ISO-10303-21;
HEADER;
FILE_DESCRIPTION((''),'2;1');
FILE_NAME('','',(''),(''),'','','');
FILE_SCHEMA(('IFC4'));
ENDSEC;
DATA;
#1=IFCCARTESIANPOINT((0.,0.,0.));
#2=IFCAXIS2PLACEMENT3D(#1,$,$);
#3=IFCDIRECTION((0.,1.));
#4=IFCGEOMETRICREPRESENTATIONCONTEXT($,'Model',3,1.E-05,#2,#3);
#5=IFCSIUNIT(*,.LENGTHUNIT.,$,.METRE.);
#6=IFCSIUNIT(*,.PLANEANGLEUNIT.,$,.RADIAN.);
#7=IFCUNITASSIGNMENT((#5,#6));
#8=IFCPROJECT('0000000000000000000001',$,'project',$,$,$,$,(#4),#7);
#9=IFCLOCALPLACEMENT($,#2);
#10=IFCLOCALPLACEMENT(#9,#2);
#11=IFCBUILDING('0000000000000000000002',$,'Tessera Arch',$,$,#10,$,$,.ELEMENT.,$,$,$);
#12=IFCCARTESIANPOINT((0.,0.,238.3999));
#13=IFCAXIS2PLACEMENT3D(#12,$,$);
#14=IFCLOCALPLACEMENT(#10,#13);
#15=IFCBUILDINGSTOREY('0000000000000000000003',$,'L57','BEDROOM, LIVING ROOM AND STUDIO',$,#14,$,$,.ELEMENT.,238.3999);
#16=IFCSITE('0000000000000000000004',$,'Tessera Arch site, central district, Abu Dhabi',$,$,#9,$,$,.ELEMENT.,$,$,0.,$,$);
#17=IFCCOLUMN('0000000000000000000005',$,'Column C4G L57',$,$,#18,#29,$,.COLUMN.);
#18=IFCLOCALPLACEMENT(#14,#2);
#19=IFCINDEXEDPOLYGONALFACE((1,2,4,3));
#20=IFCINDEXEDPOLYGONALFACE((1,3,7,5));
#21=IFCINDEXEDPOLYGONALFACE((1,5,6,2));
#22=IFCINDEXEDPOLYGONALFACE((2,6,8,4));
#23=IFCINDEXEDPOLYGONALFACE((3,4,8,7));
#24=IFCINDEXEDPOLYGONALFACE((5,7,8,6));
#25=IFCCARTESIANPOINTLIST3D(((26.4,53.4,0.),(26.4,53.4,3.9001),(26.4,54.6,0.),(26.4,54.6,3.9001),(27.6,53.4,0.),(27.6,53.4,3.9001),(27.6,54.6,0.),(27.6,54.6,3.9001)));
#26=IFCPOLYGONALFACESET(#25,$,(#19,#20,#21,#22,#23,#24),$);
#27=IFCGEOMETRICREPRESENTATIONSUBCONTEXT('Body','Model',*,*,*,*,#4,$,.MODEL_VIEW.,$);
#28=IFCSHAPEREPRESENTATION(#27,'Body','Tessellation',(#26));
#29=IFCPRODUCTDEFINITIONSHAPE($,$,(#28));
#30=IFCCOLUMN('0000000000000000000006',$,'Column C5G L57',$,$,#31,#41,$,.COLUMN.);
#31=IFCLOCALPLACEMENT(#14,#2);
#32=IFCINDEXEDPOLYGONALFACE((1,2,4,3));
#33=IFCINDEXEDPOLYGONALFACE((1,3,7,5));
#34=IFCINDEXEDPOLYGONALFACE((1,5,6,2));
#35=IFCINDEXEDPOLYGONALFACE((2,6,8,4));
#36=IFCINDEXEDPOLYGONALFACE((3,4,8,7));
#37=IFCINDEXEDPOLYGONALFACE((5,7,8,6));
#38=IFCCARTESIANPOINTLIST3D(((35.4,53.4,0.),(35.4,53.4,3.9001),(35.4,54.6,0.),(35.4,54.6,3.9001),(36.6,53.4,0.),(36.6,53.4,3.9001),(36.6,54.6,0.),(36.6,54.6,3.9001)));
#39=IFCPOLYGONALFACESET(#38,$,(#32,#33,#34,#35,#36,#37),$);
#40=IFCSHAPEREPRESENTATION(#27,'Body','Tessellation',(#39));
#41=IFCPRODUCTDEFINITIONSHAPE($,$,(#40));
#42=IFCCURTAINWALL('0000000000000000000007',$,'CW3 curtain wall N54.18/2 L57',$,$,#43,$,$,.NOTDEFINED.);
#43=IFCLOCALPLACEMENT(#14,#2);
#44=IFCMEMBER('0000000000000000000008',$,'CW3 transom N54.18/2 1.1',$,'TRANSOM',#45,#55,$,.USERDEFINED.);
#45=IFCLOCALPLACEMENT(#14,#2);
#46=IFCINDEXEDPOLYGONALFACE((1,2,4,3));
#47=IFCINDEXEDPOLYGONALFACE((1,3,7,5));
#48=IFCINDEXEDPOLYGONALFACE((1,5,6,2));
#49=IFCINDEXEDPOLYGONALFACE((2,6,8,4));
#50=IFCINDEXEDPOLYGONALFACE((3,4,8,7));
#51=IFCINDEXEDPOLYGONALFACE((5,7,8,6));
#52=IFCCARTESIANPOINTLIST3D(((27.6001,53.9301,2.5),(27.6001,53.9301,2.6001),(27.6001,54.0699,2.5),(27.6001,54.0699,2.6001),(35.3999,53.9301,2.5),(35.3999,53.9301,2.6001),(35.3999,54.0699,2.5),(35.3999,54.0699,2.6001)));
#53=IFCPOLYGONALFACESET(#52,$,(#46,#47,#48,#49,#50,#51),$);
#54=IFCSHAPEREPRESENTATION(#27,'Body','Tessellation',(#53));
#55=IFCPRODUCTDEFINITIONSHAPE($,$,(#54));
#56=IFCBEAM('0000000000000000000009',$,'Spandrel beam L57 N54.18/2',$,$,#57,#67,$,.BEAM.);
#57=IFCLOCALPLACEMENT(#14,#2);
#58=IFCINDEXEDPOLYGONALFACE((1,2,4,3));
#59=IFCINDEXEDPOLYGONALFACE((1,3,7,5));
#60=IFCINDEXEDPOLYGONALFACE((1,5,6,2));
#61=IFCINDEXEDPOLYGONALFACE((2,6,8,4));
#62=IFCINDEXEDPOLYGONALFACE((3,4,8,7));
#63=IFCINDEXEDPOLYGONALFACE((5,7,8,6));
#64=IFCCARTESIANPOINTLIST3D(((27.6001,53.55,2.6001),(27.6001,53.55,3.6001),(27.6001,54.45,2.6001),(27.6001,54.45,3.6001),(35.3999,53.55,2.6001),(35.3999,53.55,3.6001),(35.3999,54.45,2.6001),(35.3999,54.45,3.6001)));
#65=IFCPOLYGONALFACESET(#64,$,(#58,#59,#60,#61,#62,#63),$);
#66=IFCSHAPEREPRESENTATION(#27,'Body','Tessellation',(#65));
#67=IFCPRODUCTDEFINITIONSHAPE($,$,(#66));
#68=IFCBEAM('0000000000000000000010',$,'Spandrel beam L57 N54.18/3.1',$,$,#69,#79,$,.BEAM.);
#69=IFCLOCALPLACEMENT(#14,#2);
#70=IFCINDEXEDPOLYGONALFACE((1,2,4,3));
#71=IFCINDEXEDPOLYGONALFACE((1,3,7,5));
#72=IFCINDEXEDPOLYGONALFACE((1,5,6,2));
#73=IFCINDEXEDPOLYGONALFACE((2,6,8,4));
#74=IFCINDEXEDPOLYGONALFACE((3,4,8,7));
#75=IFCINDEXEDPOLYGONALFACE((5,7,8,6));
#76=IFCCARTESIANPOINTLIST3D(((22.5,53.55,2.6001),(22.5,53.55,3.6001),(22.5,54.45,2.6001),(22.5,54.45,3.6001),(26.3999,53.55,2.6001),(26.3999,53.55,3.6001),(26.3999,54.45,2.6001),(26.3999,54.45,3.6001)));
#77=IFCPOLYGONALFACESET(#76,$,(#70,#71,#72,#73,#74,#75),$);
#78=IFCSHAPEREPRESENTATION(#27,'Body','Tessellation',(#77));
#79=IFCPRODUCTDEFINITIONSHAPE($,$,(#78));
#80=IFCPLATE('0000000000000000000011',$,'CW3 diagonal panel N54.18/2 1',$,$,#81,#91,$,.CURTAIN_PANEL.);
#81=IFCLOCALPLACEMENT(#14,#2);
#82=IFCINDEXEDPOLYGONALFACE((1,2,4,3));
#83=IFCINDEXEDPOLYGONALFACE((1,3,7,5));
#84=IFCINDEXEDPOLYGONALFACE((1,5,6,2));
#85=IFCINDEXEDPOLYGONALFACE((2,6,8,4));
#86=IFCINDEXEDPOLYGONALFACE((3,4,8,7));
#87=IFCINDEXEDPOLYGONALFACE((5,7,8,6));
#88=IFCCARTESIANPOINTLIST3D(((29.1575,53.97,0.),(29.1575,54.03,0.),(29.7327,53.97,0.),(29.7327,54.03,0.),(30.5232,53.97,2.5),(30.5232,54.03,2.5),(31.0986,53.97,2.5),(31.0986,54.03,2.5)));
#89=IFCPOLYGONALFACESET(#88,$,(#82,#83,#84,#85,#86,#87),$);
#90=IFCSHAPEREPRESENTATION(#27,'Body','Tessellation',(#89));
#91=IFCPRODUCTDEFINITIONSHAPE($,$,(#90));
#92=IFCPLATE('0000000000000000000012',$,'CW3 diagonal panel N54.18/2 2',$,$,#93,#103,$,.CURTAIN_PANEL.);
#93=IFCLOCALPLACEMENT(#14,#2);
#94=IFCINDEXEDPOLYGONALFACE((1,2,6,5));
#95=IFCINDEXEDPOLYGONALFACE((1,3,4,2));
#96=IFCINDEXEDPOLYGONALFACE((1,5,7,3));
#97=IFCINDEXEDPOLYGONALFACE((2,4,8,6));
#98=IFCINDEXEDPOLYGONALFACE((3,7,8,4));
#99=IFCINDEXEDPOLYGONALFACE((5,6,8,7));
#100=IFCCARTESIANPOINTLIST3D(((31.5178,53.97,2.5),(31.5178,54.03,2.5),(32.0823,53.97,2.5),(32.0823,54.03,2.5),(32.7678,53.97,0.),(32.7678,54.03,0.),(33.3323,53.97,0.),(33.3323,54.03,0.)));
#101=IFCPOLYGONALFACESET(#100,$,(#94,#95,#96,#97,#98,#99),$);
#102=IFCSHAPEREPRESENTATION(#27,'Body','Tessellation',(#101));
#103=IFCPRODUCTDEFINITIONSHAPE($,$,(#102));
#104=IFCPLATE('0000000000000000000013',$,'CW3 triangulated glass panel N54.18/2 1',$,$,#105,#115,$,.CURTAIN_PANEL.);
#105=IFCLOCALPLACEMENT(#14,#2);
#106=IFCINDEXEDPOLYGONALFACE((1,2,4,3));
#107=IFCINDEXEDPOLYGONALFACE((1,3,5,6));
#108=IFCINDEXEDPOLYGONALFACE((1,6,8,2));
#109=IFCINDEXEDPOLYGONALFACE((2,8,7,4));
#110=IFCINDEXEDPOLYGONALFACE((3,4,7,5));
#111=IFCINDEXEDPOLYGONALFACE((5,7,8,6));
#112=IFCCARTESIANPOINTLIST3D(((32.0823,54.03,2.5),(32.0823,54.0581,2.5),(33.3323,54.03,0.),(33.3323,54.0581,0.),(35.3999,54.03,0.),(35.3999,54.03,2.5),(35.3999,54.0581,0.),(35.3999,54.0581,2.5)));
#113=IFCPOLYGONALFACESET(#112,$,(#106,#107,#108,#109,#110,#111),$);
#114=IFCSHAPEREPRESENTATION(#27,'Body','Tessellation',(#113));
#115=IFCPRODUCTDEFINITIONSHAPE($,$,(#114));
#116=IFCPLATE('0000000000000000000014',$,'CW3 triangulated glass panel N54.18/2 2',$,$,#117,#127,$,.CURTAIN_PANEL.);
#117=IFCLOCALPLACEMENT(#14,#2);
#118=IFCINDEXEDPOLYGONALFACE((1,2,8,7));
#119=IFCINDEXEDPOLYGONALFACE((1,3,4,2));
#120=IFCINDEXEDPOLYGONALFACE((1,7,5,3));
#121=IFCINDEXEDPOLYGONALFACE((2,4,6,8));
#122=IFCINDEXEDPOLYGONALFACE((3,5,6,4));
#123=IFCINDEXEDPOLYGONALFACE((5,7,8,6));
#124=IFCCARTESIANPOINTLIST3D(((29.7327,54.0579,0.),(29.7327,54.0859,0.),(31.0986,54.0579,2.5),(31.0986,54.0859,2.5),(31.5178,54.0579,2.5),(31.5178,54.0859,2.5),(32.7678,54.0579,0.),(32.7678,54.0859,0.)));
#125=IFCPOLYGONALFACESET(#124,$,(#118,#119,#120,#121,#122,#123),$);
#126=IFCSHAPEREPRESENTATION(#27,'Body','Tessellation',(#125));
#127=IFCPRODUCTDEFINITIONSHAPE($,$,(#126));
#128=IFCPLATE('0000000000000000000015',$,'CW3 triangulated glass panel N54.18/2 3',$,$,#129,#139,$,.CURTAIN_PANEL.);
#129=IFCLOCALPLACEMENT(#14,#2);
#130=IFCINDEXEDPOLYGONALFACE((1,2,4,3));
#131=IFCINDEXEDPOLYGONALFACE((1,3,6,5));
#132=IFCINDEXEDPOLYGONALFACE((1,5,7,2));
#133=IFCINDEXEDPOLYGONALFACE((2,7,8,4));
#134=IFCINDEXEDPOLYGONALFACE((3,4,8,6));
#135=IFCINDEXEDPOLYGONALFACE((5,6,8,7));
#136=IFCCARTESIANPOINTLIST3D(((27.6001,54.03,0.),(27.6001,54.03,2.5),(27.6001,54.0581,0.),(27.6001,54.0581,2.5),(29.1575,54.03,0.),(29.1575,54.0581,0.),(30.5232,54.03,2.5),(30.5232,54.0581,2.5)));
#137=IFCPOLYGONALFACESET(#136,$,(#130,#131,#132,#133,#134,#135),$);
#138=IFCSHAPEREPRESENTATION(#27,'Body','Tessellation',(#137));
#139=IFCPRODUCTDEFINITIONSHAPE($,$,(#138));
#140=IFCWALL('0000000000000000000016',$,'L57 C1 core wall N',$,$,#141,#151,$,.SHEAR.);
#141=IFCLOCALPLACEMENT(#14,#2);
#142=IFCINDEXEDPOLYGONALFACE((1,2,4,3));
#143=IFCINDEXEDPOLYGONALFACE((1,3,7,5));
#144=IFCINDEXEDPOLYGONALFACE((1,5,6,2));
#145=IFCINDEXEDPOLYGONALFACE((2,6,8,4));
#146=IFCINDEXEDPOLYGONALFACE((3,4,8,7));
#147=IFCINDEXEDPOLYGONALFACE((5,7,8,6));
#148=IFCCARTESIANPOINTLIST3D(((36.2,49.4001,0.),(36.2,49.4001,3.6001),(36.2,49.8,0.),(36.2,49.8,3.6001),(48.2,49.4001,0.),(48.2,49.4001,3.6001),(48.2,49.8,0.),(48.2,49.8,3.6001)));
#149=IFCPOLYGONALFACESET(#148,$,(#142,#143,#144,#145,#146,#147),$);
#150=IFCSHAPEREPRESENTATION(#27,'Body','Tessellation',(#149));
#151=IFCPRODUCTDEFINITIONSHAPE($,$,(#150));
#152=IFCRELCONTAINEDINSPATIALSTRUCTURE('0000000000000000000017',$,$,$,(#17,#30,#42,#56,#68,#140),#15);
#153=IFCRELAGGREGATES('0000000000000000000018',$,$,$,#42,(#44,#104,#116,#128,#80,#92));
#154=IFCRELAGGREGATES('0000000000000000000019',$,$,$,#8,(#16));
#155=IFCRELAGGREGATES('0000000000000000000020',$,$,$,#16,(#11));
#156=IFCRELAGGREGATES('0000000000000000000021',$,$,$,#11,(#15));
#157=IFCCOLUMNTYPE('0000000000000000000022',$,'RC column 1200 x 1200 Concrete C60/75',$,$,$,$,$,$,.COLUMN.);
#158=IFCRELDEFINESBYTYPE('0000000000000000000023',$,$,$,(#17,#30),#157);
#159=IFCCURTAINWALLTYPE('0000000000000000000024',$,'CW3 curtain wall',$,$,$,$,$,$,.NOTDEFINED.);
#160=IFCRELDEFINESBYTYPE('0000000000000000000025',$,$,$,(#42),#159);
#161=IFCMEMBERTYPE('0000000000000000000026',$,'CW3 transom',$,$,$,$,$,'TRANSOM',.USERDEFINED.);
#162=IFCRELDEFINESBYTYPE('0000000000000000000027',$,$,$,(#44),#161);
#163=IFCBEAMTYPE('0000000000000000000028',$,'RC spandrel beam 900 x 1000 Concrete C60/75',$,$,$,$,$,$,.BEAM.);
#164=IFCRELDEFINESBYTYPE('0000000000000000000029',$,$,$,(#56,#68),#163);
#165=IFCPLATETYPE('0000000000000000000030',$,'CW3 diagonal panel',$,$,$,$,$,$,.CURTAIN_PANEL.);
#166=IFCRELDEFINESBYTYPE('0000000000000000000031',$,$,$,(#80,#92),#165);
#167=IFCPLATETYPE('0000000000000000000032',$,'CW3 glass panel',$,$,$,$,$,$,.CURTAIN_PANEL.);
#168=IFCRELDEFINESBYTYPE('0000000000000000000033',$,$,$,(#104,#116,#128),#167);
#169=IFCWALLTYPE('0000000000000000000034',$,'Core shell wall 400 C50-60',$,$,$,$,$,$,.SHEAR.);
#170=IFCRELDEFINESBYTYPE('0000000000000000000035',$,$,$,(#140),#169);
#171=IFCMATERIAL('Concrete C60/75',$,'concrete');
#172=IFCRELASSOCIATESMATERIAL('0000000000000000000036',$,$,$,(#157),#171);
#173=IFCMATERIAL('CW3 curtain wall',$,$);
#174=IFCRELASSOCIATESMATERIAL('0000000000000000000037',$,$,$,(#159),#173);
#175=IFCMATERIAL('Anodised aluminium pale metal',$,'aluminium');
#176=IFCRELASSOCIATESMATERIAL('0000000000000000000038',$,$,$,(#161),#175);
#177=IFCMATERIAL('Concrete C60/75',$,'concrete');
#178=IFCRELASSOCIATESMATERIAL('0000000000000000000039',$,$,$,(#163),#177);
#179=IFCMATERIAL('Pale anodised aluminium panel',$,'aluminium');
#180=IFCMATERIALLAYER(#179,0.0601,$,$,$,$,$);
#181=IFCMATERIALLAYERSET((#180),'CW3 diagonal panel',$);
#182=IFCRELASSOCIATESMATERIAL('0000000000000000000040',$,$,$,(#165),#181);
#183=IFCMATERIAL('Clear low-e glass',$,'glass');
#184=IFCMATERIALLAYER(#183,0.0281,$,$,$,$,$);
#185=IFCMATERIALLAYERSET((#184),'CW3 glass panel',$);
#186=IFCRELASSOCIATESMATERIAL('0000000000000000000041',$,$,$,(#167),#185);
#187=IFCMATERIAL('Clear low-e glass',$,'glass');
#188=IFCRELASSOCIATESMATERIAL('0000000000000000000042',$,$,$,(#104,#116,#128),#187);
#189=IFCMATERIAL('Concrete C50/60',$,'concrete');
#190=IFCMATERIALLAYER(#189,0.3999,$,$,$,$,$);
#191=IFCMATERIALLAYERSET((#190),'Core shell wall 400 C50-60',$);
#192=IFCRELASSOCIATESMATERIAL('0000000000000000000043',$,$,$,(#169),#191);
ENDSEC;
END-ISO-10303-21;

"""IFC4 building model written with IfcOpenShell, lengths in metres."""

from ifc_helpers import new_model, si_unit, direction, frame, frame_2d, origin, origin_2d, place, context, subcontext, project, spatial, polyline, rectangle, outline, extrude, material, layer, layer_set, material_profile, profile_set, type_object, element, aggregate, save


model = new_model("IFC4")

# Units and contexts
model_context = context("Model", 3, precision=1e-05, world=origin(), true_north=direction((0.0, 1.0)))
body_context = subcontext(model_context, "Body", "Model", "MODEL_VIEW")
ifc_project = project(units=[si_unit("LENGTHUNIT", "METRE"), si_unit("PLANEANGLEUNIT", "RADIAN")], contexts=[model_context])

# Site, building, storey
site_placement = place(None, origin())
site = spatial("IfcSite", under=ifc_project, at=site_placement, Name="Tessera Arch site, central district, Abu Dhabi", CompositionType="ELEMENT", RefElevation=0.0)
building_placement = place(site_placement, origin())
building = spatial("IfcBuilding", under=site, at=building_placement, Name="Tessera Arch", CompositionType="ELEMENT")
storey_placement = place(building_placement, frame((0.0, 0.0, 238.3999)))
storey = spatial("IfcBuildingStorey", under=building, at=storey_placement, Name="L57", Description="BEDROOM, LIVING ROOM AND STUDIO", CompositionType="ELEMENT", Elevation=238.3999)

# Columns
ifc_material_1 = material(Name="Concrete C60/75", Category="concrete")
ifc_material_profile_1 = material_profile(ifc_material_1, rectangle(XDim=1.2, YDim=1.2, at=origin_2d()), Name="RC column 1200 x 1200 Concrete C60/75")
ifc_profile_set_1 = profile_set([ifc_material_profile_1], Name="Concrete C60/75")
column_type = type_object("IfcColumnType", Name="RC column 1200 x 1200 Concrete C60/75", PredefinedType="COLUMN", material=ifc_profile_set_1)
for number, where, z_axis, x_axis, name in (
    (1, (27.0, 54.0, 0.0), (0.0, 0.0, 1.0), (1.0, 0.0, 0.0), "Column C4G L57"),
    (2, (36.0, 54.0, 0.0), (0.0, 0.0, 1.0), (1.0, 0.0, 0.0), "Column C5G L57"),
):
    element("IfcColumn", number, at=place(storey_placement, frame(where, z_axis=z_axis, x_axis=x_axis)), inside=storey, type_object=column_type, Name=name, PredefinedType="COLUMN", context=body_context, shape_type="SweptSolid", body=[
        extrude(rectangle(XDim=1.2, YDim=1.2, at=origin_2d()), origin(), (0.0, 0.0, 1.0), 3.9001),
    ])

# Curtain wall, member
ifc_material_2 = material(Name="CW3 curtain wall")
curtain_wall_type = type_object("IfcCurtainWallType", Name="CW3 curtain wall", PredefinedType="NOTDEFINED", material=ifc_material_2)
curtain_wall_placement = place(storey_placement, origin())
curtain_wall = element("IfcCurtainWall", 3, at=curtain_wall_placement, inside=storey, type_object=curtain_wall_type, Name="CW3 curtain wall N54.18/2 L57", PredefinedType="NOTDEFINED")
ifc_material_3 = material(Name="Anodised aluminium pale metal", Category="aluminium")
ifc_material_profile_2 = material_profile(ifc_material_3, rectangle(XDim=0.1399, YDim=0.1001, at=origin_2d()), Name="AL 140x100")
ifc_profile_set_2 = profile_set([ifc_material_profile_2], Name="Anodised aluminium pale metal")
member_type = type_object("IfcMemberType", Name="CW3 transom", ElementType="TRANSOM", PredefinedType="USERDEFINED", material=ifc_profile_set_2)
member_placement = place(storey_placement, frame((35.3999, 54.0, 2.55), z_axis=(-1.0, 0.0, 0.0), x_axis=(0.0, -1.0, 0.0)))
member = element("IfcMember", 4, at=member_placement, type_object=member_type, Name="CW3 transom N54.18/2 1.1", ObjectType="TRANSOM", PredefinedType="USERDEFINED", context=body_context, shape_type="SweptSolid", body=[
    extrude(rectangle(XDim=0.1399, YDim=0.1001, at=origin_2d()), origin(), (0.0, 0.0, 1.0), 7.7998),
])

# Beams
ifc_material_4 = material(Name="Concrete C60/75", Category="concrete")
ifc_material_profile_3 = material_profile(ifc_material_4, rectangle(XDim=0.8999, YDim=1.0, at=origin_2d()), Name="RC spandrel beam 900 x 1000 Concrete C60/75")
ifc_profile_set_3 = profile_set([ifc_material_profile_3], Name="Concrete C60/75")
beam_type = type_object("IfcBeamType", Name="RC spandrel beam 900 x 1000 Concrete C60/75", PredefinedType="BEAM", material=ifc_profile_set_3)
beam_1_placement = place(storey_placement, frame((35.3999, 54.0, 3.1001), z_axis=(-1.0, 0.0, 0.0), x_axis=(0.0, -1.0, 0.0)))
element("IfcBeam", 5, at=beam_1_placement, inside=storey, type_object=beam_type, Name="Spandrel beam L57 N54.18/2", PredefinedType="BEAM", context=body_context, shape_type="SweptSolid", body=[
    extrude(rectangle(XDim=0.8999, YDim=1.0, at=origin_2d()), origin(), (0.0, 0.0, 1.0), 7.7998),
])
beam_2_placement = place(storey_placement, frame((26.3999, 54.0, 3.1001), z_axis=(-1.0, 0.0, 0.0), x_axis=(0.0, -1.0, 0.0)))
element("IfcBeam", 6, at=beam_2_placement, inside=storey, type_object=beam_type, Name="Spandrel beam L57 N54.18/3.1", PredefinedType="BEAM", context=body_context, shape_type="SweptSolid", body=[
    extrude(rectangle(XDim=0.8999, YDim=1.0, at=origin_2d()), origin(), (0.0, 0.0, 1.0), 3.8999),
])

# Plates
ifc_material_5 = material(Name="Pale anodised aluminium panel", Category="aluminium")
ifc_layer_1 = layer(ifc_material_5, 0.0601)
ifc_layer_set_1 = layer_set([ifc_layer_1], Name="CW3 diagonal panel")
plate_type_1 = type_object("IfcPlateType", Name="CW3 diagonal panel", PredefinedType="CURTAIN_PANEL", material=ifc_layer_set_1)
plate_1_placement = place(storey_placement, frame((30.5232, 54.03, 2.5), z_axis=(0.0, 1.0, 0.0), x_axis=(1.0, 0.0, 0.0)))
plate_1 = element("IfcPlate", 7, at=plate_1_placement, type_object=plate_type_1, Name="CW3 diagonal panel N54.18/2 1", PredefinedType="CURTAIN_PANEL", context=body_context, shape_type="SweptSolid", body=[
    extrude(outline(polyline([(0.0, 0.0), (0.5754, 0.0), (-0.7905, 2.5), (-1.3657, 2.5), (0.0, 0.0)])), origin(), (0.0, 0.0, -1.0), 0.0601),
])
plate_2_placement = place(storey_placement, frame((31.5178, 54.03, 2.5), z_axis=(0.0, 1.0, 0.0), x_axis=(1.0, 0.0, 0.0)))
plate_2 = element("IfcPlate", 8, at=plate_2_placement, type_object=plate_type_1, Name="CW3 diagonal panel N54.18/2 2", PredefinedType="CURTAIN_PANEL", context=body_context, shape_type="SweptSolid", body=[
    extrude(outline(polyline([(0.0, 0.0), (0.5645, 0.0), (1.8145, 2.5), (1.25, 2.5), (0.0, 0.0)])), origin(), (0.0, 0.0, -1.0), 0.0601),
])
ifc_material_6 = material(Name="Clear low-e glass", Category="glass")
ifc_material_7 = material(Name="Clear low-e glass", Category="glass")
ifc_layer_2 = layer(ifc_material_7, 0.0281)
ifc_layer_set_2 = layer_set([ifc_layer_2], Name="CW3 glass panel")
plate_type_2 = type_object("IfcPlateType", Name="CW3 glass panel", PredefinedType="CURTAIN_PANEL", material=ifc_layer_set_2)
plate_3_placement = place(storey_placement, frame((35.3999, 54.0581, 0.0), z_axis=(0.0, 1.0, 0.0), x_axis=(-1.0, 0.0, 0.0)))
plate_3 = element("IfcPlate", 9, at=plate_3_placement, type_object=plate_type_2, material=ifc_material_6, Name="CW3 triangulated glass panel N54.18/2 1", PredefinedType="CURTAIN_PANEL", context=body_context, shape_type="SweptSolid", body=[
    extrude(outline(polyline([(0.0, 0.0), (2.0676, 0.0), (3.3176, 2.5), (0.0, 2.5), (0.0, 0.0)])), origin(), (0.0, 0.0, -1.0), 0.0281),
])
plate_4_placement = place(storey_placement, frame((31.0986, 54.0859, 2.5), z_axis=(0.0, 1.0, 0.0), x_axis=(1.0, 0.0, 0.0)))
plate_4 = element("IfcPlate", 10, at=plate_4_placement, type_object=plate_type_2, material=ifc_material_6, Name="CW3 triangulated glass panel N54.18/2 2", PredefinedType="CURTAIN_PANEL", context=body_context, shape_type="SweptSolid", body=[
    extrude(outline(polyline([(0.0, 0.0), (0.4192, 0.0), (1.6692, 2.5), (-1.366, 2.5), (0.0, 0.0)])), origin(), (0.0, 0.0, -1.0), 0.0281),
])
plate_5_placement = place(storey_placement, frame((27.6001, 54.0581, 2.5), z_axis=(0.0, 1.0, 0.0), x_axis=(1.0, 0.0, 0.0)))
plate_5 = element("IfcPlate", 11, at=plate_5_placement, type_object=plate_type_2, material=ifc_material_6, Name="CW3 triangulated glass panel N54.18/2 3", PredefinedType="CURTAIN_PANEL", context=body_context, shape_type="SweptSolid", body=[
    extrude(outline(polyline([(0.0, 0.0), (2.9231, 0.0), (1.5574, 2.5), (0.0, 2.5), (0.0, 0.0)])), origin(), (0.0, 0.0, -1.0), 0.0281),
])
aggregate(curtain_wall, [member, plate_3, plate_4, plate_5, plate_1, plate_2])

# Wall
ifc_material_8 = material(Name="Concrete C50/60", Category="concrete")
ifc_layer_3 = layer(ifc_material_8, 0.3999)
ifc_layer_set_3 = layer_set([ifc_layer_3], Name="Core shell wall 400 C50-60")
wall_type_1 = type_object("IfcWallType", Name="Core shell wall 400 C50-60", PredefinedType="SHEAR", material=ifc_layer_set_3)
wall_1_placement = place(storey_placement, frame((36.2, 49.6001, 0.0), z_axis=(0.0, 0.0, 1.0), x_axis=(1.0, 0.0, 0.0)))
element("IfcWall", 12, at=wall_1_placement, inside=storey, type_object=wall_type_1, Name="L57 C1 core wall N", PredefinedType="SHEAR", context=body_context, shape_type="SweptSolid", body=[
    extrude(rectangle(XDim=12.0, YDim=0.3999, at=frame_2d((6.0, 0.0))), origin(), (0.0, 0.0, 1.0), 3.6001),
])

save(model, "model.ifc")
